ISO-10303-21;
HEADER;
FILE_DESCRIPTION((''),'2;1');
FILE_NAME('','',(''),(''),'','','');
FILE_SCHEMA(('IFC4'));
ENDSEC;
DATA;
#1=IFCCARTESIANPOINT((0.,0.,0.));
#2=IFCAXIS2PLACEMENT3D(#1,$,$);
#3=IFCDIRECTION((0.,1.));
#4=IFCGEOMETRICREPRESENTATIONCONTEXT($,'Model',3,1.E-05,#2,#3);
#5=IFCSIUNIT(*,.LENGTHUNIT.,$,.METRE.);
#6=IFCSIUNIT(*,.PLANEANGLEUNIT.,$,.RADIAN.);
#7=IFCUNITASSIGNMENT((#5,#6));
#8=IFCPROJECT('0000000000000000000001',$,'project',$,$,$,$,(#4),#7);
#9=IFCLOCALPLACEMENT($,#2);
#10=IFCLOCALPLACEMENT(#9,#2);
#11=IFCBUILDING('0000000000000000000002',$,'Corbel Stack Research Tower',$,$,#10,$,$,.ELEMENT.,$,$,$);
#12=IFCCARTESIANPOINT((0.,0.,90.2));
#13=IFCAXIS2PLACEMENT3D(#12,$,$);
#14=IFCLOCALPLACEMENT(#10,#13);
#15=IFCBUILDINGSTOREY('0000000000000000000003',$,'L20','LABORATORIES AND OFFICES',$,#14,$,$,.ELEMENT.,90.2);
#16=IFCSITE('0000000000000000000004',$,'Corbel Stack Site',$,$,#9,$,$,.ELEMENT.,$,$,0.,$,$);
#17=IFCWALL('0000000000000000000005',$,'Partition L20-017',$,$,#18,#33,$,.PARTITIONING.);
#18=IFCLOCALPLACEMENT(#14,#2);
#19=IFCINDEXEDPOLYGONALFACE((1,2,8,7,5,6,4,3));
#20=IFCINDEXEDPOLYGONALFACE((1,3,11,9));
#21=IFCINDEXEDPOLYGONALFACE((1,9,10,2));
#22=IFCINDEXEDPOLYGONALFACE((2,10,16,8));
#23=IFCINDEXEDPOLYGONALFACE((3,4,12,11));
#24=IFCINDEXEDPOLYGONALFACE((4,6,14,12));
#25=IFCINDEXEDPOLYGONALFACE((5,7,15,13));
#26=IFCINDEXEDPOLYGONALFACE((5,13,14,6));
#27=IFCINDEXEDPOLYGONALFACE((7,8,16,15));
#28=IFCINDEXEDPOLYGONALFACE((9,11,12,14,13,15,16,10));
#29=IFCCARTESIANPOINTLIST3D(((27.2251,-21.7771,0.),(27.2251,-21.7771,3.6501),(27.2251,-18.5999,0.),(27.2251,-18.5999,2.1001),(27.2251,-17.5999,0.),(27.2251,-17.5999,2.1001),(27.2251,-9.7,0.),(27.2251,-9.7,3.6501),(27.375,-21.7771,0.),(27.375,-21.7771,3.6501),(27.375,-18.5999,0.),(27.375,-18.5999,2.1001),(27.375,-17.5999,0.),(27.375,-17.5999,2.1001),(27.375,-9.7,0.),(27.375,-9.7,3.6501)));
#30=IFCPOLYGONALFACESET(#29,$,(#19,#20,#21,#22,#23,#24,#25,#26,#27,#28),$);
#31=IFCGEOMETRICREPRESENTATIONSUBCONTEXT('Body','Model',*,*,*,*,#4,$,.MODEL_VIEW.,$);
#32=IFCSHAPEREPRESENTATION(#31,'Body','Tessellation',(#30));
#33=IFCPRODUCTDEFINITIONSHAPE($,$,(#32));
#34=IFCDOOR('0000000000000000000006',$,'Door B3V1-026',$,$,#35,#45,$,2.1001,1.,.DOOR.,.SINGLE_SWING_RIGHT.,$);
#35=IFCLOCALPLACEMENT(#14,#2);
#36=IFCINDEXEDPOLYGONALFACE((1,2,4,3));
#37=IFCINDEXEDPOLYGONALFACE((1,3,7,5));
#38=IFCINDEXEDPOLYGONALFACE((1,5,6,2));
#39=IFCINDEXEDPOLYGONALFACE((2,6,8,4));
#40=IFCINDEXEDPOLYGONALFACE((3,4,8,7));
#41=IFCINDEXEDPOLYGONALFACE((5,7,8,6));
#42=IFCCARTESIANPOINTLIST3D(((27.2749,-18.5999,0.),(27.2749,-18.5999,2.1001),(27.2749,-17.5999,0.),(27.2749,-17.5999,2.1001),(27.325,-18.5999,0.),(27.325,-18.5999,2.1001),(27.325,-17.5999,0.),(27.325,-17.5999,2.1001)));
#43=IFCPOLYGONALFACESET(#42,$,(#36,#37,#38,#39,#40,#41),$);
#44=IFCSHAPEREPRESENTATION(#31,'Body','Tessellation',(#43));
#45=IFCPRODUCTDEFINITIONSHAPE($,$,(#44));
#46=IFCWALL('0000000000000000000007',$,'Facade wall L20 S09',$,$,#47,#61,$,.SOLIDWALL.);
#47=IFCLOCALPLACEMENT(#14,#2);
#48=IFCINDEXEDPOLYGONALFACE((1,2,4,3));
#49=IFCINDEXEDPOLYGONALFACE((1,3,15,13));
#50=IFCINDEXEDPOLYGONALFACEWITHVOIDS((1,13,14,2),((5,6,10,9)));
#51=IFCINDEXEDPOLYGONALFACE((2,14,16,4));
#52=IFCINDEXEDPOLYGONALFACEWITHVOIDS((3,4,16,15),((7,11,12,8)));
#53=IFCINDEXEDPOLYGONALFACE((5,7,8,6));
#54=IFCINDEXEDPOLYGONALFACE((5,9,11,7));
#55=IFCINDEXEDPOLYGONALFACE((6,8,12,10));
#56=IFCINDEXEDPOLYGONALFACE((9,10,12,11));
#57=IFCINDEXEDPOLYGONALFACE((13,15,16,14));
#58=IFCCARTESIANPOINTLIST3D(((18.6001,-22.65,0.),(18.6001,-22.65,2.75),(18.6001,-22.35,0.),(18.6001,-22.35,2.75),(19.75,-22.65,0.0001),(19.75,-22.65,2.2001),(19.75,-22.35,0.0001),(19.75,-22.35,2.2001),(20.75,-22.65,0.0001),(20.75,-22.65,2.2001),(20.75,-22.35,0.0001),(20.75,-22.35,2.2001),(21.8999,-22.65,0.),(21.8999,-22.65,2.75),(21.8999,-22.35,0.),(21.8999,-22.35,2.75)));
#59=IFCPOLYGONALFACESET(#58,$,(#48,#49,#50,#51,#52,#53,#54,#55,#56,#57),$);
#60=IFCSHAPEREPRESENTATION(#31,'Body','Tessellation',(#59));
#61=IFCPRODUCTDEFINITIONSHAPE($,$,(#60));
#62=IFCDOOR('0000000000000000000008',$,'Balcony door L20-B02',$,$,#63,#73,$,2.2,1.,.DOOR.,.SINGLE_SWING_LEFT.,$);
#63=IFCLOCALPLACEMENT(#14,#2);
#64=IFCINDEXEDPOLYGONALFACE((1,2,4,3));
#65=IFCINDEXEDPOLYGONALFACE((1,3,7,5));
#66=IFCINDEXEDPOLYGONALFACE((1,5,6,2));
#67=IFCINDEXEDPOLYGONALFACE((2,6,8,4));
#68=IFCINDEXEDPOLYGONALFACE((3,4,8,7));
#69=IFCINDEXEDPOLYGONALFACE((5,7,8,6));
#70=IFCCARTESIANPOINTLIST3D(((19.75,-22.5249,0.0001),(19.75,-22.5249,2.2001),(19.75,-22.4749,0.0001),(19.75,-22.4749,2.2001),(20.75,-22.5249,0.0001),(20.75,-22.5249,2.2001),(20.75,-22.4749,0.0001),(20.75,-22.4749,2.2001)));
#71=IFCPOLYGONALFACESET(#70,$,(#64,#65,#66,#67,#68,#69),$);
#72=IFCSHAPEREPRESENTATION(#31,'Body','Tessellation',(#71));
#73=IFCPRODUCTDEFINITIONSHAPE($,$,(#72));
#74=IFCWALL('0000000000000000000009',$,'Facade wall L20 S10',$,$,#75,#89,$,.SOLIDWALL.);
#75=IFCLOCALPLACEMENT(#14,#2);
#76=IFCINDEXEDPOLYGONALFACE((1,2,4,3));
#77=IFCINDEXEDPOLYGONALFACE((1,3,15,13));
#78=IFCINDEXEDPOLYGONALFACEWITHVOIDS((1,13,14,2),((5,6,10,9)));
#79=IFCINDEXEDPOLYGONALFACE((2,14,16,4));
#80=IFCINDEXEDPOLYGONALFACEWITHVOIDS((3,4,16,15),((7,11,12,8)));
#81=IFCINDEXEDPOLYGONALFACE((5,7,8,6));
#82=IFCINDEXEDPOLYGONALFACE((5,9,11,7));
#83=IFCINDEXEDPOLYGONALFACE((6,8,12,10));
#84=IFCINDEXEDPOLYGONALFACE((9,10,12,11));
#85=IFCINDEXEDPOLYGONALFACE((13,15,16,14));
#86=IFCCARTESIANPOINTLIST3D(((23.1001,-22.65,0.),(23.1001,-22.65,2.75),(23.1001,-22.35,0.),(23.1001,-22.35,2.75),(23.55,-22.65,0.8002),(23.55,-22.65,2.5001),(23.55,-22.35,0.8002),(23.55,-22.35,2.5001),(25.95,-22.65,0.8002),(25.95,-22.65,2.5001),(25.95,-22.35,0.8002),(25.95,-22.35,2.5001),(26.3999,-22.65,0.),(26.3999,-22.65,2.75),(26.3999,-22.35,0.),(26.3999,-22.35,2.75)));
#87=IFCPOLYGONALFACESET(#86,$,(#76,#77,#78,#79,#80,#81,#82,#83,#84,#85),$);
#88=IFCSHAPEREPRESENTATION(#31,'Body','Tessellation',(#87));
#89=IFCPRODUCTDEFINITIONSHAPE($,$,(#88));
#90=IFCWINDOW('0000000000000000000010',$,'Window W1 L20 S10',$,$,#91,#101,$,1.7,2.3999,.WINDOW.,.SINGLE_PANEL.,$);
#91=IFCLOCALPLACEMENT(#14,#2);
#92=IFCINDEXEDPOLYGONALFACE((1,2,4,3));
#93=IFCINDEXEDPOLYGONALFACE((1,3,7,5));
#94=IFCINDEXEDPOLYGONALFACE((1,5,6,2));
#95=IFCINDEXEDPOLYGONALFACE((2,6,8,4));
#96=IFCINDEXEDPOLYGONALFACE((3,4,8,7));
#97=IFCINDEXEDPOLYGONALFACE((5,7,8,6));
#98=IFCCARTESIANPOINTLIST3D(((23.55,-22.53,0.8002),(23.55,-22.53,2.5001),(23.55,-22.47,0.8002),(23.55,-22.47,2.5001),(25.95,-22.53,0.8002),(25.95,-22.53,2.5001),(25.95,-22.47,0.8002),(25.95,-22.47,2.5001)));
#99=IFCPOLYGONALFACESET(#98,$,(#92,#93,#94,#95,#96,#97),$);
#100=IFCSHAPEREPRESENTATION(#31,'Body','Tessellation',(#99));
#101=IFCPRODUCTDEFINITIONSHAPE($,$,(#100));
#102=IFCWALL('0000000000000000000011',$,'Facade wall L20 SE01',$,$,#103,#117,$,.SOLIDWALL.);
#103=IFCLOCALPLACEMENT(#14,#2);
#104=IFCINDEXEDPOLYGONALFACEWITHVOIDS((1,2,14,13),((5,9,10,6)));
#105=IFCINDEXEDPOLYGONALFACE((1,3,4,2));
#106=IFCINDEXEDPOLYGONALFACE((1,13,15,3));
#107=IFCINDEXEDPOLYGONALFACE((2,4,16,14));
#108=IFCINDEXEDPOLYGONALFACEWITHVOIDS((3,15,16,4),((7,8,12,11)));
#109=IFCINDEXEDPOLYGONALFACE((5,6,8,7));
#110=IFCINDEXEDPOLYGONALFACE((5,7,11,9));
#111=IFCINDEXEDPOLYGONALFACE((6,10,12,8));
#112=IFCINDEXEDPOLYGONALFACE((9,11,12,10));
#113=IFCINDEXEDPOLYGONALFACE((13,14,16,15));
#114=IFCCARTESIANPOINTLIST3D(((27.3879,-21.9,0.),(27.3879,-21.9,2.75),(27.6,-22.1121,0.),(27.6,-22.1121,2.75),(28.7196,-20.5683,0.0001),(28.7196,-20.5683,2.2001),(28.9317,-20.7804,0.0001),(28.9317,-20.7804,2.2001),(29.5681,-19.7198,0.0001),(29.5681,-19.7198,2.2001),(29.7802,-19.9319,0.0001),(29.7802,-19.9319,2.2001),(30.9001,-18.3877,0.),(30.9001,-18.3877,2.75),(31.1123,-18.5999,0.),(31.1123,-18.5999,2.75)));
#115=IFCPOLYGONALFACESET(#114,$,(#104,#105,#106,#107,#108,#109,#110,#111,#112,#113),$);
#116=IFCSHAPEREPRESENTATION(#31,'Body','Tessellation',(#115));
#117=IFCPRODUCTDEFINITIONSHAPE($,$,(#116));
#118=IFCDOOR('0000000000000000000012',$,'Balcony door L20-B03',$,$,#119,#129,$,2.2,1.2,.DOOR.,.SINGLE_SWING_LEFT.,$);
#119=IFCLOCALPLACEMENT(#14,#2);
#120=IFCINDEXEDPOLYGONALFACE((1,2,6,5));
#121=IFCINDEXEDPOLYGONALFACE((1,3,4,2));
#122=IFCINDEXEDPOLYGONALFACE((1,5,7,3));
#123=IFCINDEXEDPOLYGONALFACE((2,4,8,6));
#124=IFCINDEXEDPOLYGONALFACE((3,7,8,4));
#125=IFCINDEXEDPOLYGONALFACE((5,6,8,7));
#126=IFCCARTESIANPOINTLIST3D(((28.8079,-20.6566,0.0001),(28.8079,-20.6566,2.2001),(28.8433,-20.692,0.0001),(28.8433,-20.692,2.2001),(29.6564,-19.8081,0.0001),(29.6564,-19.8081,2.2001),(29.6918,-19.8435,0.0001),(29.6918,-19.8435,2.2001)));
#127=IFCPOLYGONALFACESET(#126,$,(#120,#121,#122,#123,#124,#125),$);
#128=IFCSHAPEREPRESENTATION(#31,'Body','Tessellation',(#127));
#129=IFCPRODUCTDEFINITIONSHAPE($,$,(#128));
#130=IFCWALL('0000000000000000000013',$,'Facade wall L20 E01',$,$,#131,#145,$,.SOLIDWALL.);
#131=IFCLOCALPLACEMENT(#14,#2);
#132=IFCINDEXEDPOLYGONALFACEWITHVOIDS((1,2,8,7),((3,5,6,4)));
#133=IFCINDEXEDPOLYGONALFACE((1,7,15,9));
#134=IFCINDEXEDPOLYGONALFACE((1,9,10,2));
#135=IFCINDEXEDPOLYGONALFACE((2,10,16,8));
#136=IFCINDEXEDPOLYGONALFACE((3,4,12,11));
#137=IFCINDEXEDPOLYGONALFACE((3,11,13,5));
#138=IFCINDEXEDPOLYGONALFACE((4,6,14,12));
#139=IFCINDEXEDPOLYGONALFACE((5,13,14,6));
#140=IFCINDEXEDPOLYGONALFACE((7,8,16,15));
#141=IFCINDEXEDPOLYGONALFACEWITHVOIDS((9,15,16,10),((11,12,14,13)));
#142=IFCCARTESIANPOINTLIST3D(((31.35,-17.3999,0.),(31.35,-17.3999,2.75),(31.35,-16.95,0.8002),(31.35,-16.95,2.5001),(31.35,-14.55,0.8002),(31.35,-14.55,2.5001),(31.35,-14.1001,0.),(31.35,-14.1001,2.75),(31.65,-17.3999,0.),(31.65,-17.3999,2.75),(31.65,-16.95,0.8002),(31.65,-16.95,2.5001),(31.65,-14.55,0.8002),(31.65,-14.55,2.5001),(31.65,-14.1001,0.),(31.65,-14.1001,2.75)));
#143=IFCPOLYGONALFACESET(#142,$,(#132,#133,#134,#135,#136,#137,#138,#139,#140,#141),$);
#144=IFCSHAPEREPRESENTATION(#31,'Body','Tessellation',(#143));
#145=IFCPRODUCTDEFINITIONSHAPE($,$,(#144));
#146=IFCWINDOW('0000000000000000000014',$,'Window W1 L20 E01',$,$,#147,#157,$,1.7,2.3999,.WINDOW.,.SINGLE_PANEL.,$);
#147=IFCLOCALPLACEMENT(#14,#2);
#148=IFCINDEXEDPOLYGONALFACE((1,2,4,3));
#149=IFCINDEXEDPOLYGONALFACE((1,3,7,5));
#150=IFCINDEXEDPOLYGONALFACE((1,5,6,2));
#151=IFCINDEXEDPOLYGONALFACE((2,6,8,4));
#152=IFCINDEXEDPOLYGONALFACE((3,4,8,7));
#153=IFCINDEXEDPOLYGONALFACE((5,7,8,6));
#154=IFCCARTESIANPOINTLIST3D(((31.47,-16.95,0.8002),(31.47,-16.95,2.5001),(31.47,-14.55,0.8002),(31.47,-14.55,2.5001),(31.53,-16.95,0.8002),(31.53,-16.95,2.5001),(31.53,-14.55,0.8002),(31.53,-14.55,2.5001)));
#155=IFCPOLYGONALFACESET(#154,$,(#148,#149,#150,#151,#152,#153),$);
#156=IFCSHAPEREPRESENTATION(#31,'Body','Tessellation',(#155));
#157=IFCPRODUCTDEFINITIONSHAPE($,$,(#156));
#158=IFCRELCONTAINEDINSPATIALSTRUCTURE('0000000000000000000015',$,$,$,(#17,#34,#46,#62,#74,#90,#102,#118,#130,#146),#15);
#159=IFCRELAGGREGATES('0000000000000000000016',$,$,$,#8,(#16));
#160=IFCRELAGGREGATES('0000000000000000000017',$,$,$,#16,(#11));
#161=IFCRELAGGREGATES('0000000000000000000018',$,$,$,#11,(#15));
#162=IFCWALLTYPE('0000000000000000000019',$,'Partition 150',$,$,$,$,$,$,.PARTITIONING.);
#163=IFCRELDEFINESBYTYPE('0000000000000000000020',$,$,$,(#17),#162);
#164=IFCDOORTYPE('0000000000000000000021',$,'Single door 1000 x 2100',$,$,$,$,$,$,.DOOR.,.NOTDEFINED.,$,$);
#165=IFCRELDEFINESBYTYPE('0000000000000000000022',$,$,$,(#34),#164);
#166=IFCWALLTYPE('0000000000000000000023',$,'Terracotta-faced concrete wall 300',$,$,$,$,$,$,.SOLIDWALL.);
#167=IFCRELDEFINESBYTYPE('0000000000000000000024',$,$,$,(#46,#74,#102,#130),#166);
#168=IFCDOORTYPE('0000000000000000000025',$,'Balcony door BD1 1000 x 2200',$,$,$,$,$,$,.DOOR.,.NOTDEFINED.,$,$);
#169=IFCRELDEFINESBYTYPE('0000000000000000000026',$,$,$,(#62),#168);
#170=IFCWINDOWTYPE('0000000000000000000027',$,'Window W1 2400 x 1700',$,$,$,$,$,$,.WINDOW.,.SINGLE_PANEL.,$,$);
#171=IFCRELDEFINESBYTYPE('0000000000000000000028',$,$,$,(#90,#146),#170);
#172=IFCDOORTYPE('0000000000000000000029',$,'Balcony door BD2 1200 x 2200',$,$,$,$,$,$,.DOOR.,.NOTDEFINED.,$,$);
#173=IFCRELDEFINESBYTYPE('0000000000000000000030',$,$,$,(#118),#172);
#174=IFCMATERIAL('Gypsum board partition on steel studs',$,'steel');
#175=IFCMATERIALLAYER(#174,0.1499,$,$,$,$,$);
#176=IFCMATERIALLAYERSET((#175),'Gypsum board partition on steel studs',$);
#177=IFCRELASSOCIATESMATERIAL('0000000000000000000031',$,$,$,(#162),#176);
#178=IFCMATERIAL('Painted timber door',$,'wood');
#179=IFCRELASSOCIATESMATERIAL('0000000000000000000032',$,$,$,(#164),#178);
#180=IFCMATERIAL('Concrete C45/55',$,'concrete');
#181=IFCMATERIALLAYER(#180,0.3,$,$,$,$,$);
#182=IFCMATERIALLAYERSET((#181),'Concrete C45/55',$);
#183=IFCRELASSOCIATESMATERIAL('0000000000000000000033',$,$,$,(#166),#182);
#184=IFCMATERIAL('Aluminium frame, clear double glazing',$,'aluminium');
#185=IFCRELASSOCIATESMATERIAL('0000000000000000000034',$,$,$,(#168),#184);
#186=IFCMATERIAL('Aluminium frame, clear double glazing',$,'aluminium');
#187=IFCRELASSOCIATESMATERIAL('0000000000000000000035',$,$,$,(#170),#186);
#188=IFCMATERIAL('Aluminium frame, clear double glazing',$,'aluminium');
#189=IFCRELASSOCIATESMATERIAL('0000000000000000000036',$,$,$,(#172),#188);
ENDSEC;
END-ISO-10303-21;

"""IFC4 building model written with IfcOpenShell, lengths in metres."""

from ifc_helpers import new_model, si_unit, direction, frame, frame_2d, origin, place, context, subcontext, project, spatial, rectangle, extrude, material, layer, layer_set, type_object, element, fill, save


model = new_model("IFC4")

# Units and contexts
model_context = context("Model", 3, precision=1e-05, world=origin(), true_north=direction((0.0, 1.0)))
body_context = subcontext(model_context, "Body", "Model", "MODEL_VIEW")
ifc_project = project(units=[si_unit("LENGTHUNIT", "METRE"), si_unit("PLANEANGLEUNIT", "RADIAN")], contexts=[model_context])

# Site, building, storey
site_placement = place(None, origin())
site = spatial("IfcSite", under=ifc_project, at=site_placement, Name="Corbel Stack Site", CompositionType="ELEMENT", RefElevation=0.0)
building_placement = place(site_placement, origin())
building = spatial("IfcBuilding", under=site, at=building_placement, Name="Corbel Stack Research Tower", CompositionType="ELEMENT")
storey_placement = place(building_placement, frame((0.0, 0.0, 90.2)))
storey = spatial("IfcBuildingStorey", under=building, at=storey_placement, Name="L20", Description="LABORATORIES AND OFFICES", CompositionType="ELEMENT", Elevation=90.2)

# Walls, openings, doors
ifc_material_1 = material(Name="Gypsum board partition on steel studs", Category="steel")
ifc_layer_1 = layer(ifc_material_1, 0.1499)
ifc_layer_set_1 = layer_set([ifc_layer_1], Name="Gypsum board partition on steel studs")
wall_type_1 = type_object("IfcWallType", Name="Partition 150", PredefinedType="PARTITIONING", material=ifc_layer_set_1)
wall_1_placement = place(storey_placement, frame((27.3, -9.7, 0.0), z_axis=(0.0, 0.0, 1.0), x_axis=(0.0, -1.0, 0.0)))
wall_1 = element("IfcWall", 1, at=wall_1_placement, inside=storey, type_object=wall_type_1, Name="Partition L20-017", PredefinedType="PARTITIONING", context=body_context, shape_type="SweptSolid", body=[
    extrude(rectangle(XDim=12.0771, YDim=0.1499, at=frame_2d((6.0386, 0.0))), origin(), (0.0, 0.0, 1.0), 3.6501),
])
opening_1_placement = place(wall_1_placement, frame((7.8999, 0.0, 0.0)))
opening_1 = element("IfcOpeningElement", 2, at=opening_1_placement, cuts=wall_1, PredefinedType="OPENING", context=body_context, shape_type="SweptSolid", body=[
    extrude(rectangle(XDim=1.0, YDim=2.1001, at=frame_2d((0.5, 1.05))), frame((0.0, 0.085, 0.0), z_axis=(0.0, -1.0, 0.0), x_axis=(1.0, 0.0, 0.0)), (0.0, 0.0, 1.0), 0.1699),
])
ifc_material_2 = material(Name="Painted timber door", Category="wood")
door_type_1 = type_object("IfcDoorType", Name="Single door 1000 x 2100", OperationType="NOTDEFINED", PredefinedType="DOOR", material=ifc_material_2)
door_1_placement = place(opening_1_placement, origin())
door_1 = element("IfcDoor", 3, at=door_1_placement, inside=storey, type_object=door_type_1, Name="Door B3V1-026", OperationType="SINGLE_SWING_RIGHT", OverallHeight=2.1001, OverallWidth=1.0, PredefinedType="DOOR", context=body_context, shape_type="SweptSolid", body=[
    extrude(rectangle(XDim=1.0, YDim=2.1001, at=frame_2d((0.5, 1.05))), frame((0.0, 0.0249, 0.0), z_axis=(0.0, -1.0, 0.0), x_axis=(1.0, 0.0, 0.0)), (0.0, 0.0, 1.0), 0.05),
])
fill(opening_1, door_1)
ifc_material_3 = material(Name="Concrete C45/55", Category="concrete")
ifc_layer_2 = layer(ifc_material_3, 0.3)
ifc_layer_set_2 = layer_set([ifc_layer_2], Name="Concrete C45/55")
wall_type_2 = type_object("IfcWallType", Name="Terracotta-faced concrete wall 300", PredefinedType="SOLIDWALL", material=ifc_layer_set_2)
wall_2_placement = place(storey_placement, frame((21.8999, -22.5, 0.0), z_axis=(0.0, 0.0, 1.0), x_axis=(-1.0, 0.0, 0.0)))
wall_2 = element("IfcWall", 4, at=wall_2_placement, inside=storey, type_object=wall_type_2, Name="Facade wall L20 S09", PredefinedType="SOLIDWALL", context=body_context, shape_type="SweptSolid", body=[
    extrude(rectangle(XDim=3.2998, YDim=0.3, at=frame_2d((1.6499, 0.0))), origin(), (0.0, 0.0, 1.0), 2.75),
])
opening_2_placement = place(wall_2_placement, frame((1.1499, 0.0, 0.0)))
opening_2 = element("IfcOpeningElement", 5, at=opening_2_placement, cuts=wall_2, PredefinedType="OPENING", context=body_context, shape_type="SweptSolid", body=[
    extrude(rectangle(XDim=1.0, YDim=2.2, at=frame_2d((0.5, 1.1001))), frame((0.0, 0.1599, 0.0), z_axis=(0.0, -1.0, 0.0), x_axis=(1.0, 0.0, 0.0)), (0.0, 0.0, 1.0), 0.3201),
])
ifc_material_4 = material(Name="Aluminium frame, clear double glazing", Category="aluminium")
door_type_2 = type_object("IfcDoorType", Name="Balcony door BD1 1000 x 2200", OperationType="NOTDEFINED", PredefinedType="DOOR", material=ifc_material_4)
door_2_placement = place(opening_2_placement, origin())
door_2 = element("IfcDoor", 6, at=door_2_placement, inside=storey, type_object=door_type_2, Name="Balcony door L20-B02", OperationType="SINGLE_SWING_LEFT", OverallHeight=2.2, OverallWidth=1.0, PredefinedType="DOOR", context=body_context, shape_type="SweptSolid", body=[
    extrude(rectangle(XDim=1.0, YDim=2.2, at=frame_2d((0.5, 1.1001))), frame((0.0, 0.0249, 0.0), z_axis=(0.0, -1.0, 0.0), x_axis=(1.0, 0.0, 0.0)), (0.0, 0.0, 1.0), 0.05),
])
fill(opening_2, door_2)

# Wall, opening, window
wall_3_placement = place(storey_placement, frame((26.3999, -22.5, 0.0), z_axis=(0.0, 0.0, 1.0), x_axis=(-1.0, 0.0, 0.0)))
wall_3 = element("IfcWall", 7, at=wall_3_placement, inside=storey, type_object=wall_type_2, Name="Facade wall L20 S10", PredefinedType="SOLIDWALL", context=body_context, shape_type="SweptSolid", body=[
    extrude(rectangle(XDim=3.2998, YDim=0.3, at=frame_2d((1.6499, 0.0))), origin(), (0.0, 0.0, 1.0), 2.75),
])
opening_3_placement = place(wall_3_placement, frame((0.45, 0.0, 0.8)))
opening_3 = element("IfcOpeningElement", 8, at=opening_3_placement, cuts=wall_3, PredefinedType="OPENING", context=body_context, shape_type="SweptSolid", body=[
    extrude(rectangle(XDim=2.3999, YDim=1.7, at=frame_2d((1.2, 0.8501))), frame((0.0, 0.1599, 0.0), z_axis=(0.0, -1.0, 0.0), x_axis=(1.0, 0.0, 0.0)), (0.0, 0.0, 1.0), 0.3201),
])
ifc_material_5 = material(Name="Aluminium frame, clear double glazing", Category="aluminium")
window_type = type_object("IfcWindowType", Name="Window W1 2400 x 1700", PartitioningType="SINGLE_PANEL", PredefinedType="WINDOW", material=ifc_material_5)
window_1_placement = place(opening_3_placement, origin())
window_1 = element("IfcWindow", 9, at=window_1_placement, inside=storey, type_object=window_type, Name="Window W1 L20 S10", OverallHeight=1.7, OverallWidth=2.3999, PartitioningType="SINGLE_PANEL", PredefinedType="WINDOW", context=body_context, shape_type="SweptSolid", body=[
    extrude(rectangle(XDim=2.3999, YDim=1.7, at=frame_2d((1.2, 0.8501))), frame((0.0, 0.03, 0.0), z_axis=(0.0, -1.0, 0.0), x_axis=(1.0, 0.0, 0.0)), (0.0, 0.0, 1.0), 0.0601),
])
fill(opening_3, window_1)

# Wall, opening, door
wall_4_placement = place(storey_placement, frame((31.0061, -18.4939, 0.0), z_axis=(0.0, 0.0, 1.0), x_axis=(-0.707107, -0.707107, 0.0)))
wall_4 = element("IfcWall", 10, at=wall_4_placement, inside=storey, type_object=wall_type_2, Name="Facade wall L20 SE01", PredefinedType="SOLIDWALL", context=body_context, shape_type="SweptSolid", body=[
    extrude(rectangle(XDim=4.967, YDim=0.3, at=frame_2d((2.4834, 0.0))), origin(), (0.0, 0.0, 1.0), 2.75),
])
opening_4_placement = place(wall_4_placement, frame((1.8835, 0.0, 0.0)))
opening_4 = element("IfcOpeningElement", 11, at=opening_4_placement, cuts=wall_4, PredefinedType="OPENING", context=body_context, shape_type="SweptSolid", body=[
    extrude(rectangle(XDim=1.2, YDim=2.2, at=frame_2d((0.6001, 1.1001))), frame((0.0, 0.1599, 0.0), z_axis=(0.0, -1.0, 0.0), x_axis=(1.0, 0.0, 0.0)), (0.0, 0.0, 1.0), 0.3201),
])
ifc_material_6 = material(Name="Aluminium frame, clear double glazing", Category="aluminium")
door_type_3 = type_object("IfcDoorType", Name="Balcony door BD2 1200 x 2200", OperationType="NOTDEFINED", PredefinedType="DOOR", material=ifc_material_6)
door_3_placement = place(opening_4_placement, origin())
door_3 = element("IfcDoor", 12, at=door_3_placement, inside=storey, type_object=door_type_3, Name="Balcony door L20-B03", OperationType="SINGLE_SWING_LEFT", OverallHeight=2.2, OverallWidth=1.2, PredefinedType="DOOR", context=body_context, shape_type="SweptSolid", body=[
    extrude(rectangle(XDim=1.2, YDim=2.2, at=frame_2d((0.6001, 1.1001))), frame((0.0, 0.0249, 0.0), z_axis=(0.0, -1.0, 0.0), x_axis=(1.0, 0.0, 0.0)), (0.0, 0.0, 1.0), 0.05),
])
fill(opening_4, door_3)

# Wall, opening, window
wall_5_placement = place(storey_placement, frame((31.5, -14.1001, 0.0), z_axis=(0.0, 0.0, 1.0), x_axis=(0.0, -1.0, 0.0)))
wall_5 = element("IfcWall", 13, at=wall_5_placement, inside=storey, type_object=wall_type_2, Name="Facade wall L20 E01", PredefinedType="SOLIDWALL", context=body_context, shape_type="SweptSolid", body=[
    extrude(rectangle(XDim=3.2998, YDim=0.3, at=frame_2d((1.6499, 0.0))), origin(), (0.0, 0.0, 1.0), 2.75),
])
opening_5_placement = place(wall_5_placement, frame((0.45, 0.0, 0.8)))
opening_5 = element("IfcOpeningElement", 14, at=opening_5_placement, cuts=wall_5, PredefinedType="OPENING", context=body_context, shape_type="SweptSolid", body=[
    extrude(rectangle(XDim=2.3999, YDim=1.7, at=frame_2d((1.2, 0.8501))), frame((0.0, 0.1599, 0.0), z_axis=(0.0, -1.0, 0.0), x_axis=(1.0, 0.0, 0.0)), (0.0, 0.0, 1.0), 0.3201),
])
window_2_placement = place(opening_5_placement, origin())
window_2 = element("IfcWindow", 15, at=window_2_placement, inside=storey, type_object=window_type, Name="Window W1 L20 E01", OverallHeight=1.7, OverallWidth=2.3999, PartitioningType="SINGLE_PANEL", PredefinedType="WINDOW", context=body_context, shape_type="SweptSolid", body=[
    extrude(rectangle(XDim=2.3999, YDim=1.7, at=frame_2d((1.2, 0.8501))), frame((0.0, 0.03, 0.0), z_axis=(0.0, -1.0, 0.0), x_axis=(1.0, 0.0, 0.0)), (0.0, 0.0, 1.0), 0.0601),
])
fill(opening_5, window_2)

save(model, "model.ifc")
